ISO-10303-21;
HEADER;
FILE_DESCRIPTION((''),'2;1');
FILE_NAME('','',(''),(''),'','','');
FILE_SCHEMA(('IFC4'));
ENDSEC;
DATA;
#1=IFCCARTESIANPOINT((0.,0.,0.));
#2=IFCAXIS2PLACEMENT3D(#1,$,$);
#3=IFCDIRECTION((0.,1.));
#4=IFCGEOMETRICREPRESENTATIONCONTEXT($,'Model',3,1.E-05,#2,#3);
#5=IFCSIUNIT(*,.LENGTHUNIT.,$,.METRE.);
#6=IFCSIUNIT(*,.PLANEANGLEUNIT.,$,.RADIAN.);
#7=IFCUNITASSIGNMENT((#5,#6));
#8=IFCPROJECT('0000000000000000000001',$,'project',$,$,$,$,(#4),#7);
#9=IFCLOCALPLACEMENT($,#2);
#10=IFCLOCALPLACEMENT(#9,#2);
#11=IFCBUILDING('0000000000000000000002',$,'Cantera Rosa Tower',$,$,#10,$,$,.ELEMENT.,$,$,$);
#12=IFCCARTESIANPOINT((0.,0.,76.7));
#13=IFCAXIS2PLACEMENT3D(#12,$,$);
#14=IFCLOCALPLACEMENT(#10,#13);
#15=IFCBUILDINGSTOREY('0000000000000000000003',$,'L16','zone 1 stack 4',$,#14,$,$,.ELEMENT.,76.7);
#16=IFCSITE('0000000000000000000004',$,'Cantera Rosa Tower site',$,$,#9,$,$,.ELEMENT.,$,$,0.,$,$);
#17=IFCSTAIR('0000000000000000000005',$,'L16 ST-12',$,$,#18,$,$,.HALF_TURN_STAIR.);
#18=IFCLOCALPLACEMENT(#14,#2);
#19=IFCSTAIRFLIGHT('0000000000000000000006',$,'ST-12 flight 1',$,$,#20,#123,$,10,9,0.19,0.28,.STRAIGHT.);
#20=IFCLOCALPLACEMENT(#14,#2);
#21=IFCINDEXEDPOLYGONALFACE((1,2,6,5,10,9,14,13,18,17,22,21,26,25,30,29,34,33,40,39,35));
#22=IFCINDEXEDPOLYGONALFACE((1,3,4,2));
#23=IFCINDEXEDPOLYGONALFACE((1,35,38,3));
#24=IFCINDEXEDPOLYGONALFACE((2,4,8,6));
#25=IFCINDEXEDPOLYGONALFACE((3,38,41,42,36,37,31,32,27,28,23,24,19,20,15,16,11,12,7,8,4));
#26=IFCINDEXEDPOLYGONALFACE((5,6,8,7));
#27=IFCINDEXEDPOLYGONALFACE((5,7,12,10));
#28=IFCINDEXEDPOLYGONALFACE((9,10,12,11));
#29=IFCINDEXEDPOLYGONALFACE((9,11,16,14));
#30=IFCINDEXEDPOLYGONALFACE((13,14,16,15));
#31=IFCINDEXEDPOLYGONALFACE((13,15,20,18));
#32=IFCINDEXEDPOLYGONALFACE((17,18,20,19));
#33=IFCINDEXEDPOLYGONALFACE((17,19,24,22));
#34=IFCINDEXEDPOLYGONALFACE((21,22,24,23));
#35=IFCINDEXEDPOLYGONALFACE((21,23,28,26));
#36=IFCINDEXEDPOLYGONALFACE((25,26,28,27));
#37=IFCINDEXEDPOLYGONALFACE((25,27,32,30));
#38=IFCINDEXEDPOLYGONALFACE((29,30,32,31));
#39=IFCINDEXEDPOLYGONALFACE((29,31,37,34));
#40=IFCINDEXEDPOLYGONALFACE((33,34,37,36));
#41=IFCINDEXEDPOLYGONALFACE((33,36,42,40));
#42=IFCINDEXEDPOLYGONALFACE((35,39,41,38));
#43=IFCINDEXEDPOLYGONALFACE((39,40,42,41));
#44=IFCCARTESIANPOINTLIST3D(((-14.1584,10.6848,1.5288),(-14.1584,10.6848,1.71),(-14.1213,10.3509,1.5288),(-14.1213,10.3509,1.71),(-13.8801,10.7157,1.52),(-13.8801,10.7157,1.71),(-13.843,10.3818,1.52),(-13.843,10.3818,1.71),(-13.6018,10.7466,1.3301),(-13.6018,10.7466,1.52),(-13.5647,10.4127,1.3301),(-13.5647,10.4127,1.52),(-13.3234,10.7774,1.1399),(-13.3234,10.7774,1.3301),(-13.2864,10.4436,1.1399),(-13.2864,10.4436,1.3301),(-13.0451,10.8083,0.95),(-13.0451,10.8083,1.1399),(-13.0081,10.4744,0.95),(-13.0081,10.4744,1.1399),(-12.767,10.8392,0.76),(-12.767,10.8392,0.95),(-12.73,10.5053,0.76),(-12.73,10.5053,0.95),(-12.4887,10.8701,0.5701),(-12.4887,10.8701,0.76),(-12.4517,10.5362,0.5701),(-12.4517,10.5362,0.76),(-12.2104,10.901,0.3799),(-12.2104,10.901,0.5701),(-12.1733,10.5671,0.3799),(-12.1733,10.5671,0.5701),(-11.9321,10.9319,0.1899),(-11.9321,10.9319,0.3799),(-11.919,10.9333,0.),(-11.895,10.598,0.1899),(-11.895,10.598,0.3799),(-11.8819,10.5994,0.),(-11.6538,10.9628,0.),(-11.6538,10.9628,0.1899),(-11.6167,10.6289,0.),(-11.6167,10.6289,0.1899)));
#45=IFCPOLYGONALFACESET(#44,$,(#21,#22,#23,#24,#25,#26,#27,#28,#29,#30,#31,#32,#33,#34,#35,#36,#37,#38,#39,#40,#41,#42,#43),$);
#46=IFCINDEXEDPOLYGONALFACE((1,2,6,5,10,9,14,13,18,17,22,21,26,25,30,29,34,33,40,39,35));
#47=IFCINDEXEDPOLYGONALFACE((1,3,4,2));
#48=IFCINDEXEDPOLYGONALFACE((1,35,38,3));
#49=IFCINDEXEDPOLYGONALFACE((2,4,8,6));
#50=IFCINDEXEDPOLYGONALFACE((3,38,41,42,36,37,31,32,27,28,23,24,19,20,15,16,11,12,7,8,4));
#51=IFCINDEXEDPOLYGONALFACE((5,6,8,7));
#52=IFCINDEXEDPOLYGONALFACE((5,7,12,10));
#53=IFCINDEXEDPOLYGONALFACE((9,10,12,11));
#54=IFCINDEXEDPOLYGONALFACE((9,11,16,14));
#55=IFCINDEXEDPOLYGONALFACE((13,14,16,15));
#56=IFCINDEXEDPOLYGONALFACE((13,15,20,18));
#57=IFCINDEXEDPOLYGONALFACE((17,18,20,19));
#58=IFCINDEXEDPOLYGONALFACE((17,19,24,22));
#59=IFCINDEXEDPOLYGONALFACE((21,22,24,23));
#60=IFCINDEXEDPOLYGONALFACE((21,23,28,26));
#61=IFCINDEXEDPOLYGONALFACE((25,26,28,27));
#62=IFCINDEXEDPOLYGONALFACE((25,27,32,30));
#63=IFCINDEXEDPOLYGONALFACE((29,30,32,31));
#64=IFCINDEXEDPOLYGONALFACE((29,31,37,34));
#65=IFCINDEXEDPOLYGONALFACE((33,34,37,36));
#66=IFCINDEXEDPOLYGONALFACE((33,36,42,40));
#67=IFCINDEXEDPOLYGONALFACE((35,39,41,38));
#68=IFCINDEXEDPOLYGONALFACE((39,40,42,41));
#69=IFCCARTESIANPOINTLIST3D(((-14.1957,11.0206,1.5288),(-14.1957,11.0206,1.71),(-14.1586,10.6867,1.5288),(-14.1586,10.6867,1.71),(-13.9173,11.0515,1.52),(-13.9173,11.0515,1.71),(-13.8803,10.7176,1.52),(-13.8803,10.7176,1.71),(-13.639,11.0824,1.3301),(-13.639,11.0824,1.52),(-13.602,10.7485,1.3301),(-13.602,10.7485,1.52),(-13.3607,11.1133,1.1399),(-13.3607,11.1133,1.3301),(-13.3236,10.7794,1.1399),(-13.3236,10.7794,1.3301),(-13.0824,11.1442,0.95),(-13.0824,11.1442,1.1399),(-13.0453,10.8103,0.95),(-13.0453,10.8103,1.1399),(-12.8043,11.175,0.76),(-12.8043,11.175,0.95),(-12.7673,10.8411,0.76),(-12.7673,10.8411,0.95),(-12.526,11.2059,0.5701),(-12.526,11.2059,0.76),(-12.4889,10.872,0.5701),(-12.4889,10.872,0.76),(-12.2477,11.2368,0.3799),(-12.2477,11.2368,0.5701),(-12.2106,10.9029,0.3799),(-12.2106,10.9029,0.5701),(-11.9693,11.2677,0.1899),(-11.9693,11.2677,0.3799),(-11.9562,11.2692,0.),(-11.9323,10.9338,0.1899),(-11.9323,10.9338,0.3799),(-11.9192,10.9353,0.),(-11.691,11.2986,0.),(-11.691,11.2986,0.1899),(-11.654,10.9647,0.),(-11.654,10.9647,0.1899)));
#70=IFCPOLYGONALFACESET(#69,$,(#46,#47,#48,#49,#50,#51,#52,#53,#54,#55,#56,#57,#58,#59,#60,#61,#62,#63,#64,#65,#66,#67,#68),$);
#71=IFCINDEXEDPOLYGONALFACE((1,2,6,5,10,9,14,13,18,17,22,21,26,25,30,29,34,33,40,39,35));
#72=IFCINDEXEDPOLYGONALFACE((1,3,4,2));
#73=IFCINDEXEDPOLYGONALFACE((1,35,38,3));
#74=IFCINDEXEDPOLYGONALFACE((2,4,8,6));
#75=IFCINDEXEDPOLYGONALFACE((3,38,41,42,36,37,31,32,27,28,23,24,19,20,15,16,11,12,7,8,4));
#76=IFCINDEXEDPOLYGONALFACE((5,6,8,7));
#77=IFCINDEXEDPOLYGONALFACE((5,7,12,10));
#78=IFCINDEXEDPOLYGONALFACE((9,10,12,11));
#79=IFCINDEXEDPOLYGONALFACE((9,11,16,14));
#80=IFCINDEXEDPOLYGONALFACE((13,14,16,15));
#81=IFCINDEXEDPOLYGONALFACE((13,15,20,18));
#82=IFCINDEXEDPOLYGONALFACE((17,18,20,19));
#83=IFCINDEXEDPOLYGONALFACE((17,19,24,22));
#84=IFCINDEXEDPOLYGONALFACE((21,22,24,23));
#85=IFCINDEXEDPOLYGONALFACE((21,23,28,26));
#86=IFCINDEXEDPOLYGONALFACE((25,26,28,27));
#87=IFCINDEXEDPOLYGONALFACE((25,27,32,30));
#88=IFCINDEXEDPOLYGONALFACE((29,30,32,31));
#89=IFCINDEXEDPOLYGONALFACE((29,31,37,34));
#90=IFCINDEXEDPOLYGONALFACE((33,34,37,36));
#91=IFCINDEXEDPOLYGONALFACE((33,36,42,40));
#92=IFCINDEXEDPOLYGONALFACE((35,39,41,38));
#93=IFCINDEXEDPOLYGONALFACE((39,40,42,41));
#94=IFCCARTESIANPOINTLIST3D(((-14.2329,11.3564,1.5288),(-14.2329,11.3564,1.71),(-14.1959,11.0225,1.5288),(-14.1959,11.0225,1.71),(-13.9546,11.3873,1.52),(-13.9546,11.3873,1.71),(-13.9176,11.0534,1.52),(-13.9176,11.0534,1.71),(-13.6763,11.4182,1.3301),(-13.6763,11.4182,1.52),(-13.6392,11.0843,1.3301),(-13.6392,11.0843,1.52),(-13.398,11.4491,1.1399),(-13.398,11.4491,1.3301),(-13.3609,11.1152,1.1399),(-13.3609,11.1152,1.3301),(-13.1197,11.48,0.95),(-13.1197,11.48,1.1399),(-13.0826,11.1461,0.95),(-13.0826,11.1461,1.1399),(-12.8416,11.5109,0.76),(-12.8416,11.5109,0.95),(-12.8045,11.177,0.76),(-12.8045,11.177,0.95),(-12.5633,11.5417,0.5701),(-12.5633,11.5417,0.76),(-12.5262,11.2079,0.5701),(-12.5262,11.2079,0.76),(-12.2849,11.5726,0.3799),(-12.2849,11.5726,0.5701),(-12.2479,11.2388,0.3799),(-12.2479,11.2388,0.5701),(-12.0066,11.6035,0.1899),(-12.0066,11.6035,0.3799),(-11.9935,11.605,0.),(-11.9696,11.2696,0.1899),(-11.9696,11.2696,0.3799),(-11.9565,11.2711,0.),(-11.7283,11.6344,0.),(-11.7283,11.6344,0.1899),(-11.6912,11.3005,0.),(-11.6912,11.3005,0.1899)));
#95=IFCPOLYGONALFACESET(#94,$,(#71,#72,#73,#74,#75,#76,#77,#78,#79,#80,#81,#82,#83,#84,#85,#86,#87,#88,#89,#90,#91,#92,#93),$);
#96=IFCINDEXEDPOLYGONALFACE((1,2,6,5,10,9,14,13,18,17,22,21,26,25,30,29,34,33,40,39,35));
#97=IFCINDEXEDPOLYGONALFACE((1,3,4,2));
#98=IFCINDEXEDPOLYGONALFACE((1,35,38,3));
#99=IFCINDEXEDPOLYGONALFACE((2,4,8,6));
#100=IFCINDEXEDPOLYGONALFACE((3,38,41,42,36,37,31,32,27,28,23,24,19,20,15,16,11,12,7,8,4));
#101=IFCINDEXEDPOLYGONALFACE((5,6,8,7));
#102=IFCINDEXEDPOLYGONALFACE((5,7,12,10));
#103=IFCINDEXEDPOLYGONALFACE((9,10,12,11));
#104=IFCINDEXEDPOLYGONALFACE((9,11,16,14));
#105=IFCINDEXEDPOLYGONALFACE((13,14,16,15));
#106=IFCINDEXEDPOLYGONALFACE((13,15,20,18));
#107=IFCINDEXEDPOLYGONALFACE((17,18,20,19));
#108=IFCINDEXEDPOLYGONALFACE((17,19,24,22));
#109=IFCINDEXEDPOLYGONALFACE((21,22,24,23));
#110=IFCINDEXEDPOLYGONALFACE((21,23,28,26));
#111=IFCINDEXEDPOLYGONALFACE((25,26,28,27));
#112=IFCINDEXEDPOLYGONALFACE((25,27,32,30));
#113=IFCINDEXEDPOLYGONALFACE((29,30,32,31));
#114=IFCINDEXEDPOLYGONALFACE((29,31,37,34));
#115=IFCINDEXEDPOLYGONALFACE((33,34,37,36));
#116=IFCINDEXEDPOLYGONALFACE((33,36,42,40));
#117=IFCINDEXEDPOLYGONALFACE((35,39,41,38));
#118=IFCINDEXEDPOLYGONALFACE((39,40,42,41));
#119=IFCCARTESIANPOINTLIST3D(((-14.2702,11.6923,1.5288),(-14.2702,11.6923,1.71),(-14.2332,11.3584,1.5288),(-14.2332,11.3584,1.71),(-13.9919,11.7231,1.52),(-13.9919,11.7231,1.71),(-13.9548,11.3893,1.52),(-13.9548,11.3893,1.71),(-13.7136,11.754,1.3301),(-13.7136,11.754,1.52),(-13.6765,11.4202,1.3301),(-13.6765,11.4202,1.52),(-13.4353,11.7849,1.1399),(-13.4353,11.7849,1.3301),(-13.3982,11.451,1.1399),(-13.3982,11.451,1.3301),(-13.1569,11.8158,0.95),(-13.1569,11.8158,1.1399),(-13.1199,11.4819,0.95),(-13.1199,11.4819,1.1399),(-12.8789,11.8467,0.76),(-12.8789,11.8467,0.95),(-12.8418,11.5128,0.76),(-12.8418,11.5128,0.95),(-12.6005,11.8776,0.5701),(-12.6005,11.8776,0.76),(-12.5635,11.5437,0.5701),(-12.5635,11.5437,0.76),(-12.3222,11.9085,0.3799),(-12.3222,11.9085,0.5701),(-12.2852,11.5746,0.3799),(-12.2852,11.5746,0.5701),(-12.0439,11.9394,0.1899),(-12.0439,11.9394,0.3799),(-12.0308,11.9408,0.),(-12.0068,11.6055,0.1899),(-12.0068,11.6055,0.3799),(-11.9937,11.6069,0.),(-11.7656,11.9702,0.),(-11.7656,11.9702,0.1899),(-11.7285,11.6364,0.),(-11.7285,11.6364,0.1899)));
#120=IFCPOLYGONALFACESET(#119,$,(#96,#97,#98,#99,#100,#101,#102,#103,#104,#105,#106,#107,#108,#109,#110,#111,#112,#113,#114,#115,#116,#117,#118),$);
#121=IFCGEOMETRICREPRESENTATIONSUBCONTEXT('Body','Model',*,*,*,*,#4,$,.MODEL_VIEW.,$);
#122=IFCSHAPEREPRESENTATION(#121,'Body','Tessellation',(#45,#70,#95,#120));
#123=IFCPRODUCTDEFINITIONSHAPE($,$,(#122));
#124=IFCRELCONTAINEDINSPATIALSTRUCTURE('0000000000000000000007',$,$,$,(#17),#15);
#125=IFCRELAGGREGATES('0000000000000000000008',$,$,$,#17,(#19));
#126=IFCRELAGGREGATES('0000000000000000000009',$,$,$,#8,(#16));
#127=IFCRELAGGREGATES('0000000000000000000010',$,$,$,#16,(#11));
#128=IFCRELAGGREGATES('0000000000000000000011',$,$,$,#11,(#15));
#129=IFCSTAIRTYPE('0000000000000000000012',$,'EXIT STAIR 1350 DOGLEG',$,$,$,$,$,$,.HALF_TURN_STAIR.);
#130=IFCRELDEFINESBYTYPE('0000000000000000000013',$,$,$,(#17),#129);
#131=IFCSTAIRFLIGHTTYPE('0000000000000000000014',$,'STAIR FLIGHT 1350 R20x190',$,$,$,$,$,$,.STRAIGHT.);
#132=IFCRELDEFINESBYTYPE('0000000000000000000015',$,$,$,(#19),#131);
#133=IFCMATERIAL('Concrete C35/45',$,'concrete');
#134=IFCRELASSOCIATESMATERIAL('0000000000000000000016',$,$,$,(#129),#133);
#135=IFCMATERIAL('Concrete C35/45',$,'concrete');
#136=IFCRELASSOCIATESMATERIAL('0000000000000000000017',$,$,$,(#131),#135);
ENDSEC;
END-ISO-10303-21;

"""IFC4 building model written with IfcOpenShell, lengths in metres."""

from ifc_helpers import new_model, si_unit, direction, frame, origin, place, context, subcontext, project, spatial, polyline, outline, extrude, material, type_object, element, aggregate, save


model = new_model("IFC4")

# Units and contexts
model_context = context("Model", 3, precision=1e-05, world=origin(), true_north=direction((0.0, 1.0)))
body_context = subcontext(model_context, "Body", "Model", "MODEL_VIEW")
ifc_project = project(units=[si_unit("LENGTHUNIT", "METRE"), si_unit("PLANEANGLEUNIT", "RADIAN")], contexts=[model_context])

# Site, building, storey
site_placement = place(None, origin())
site = spatial("IfcSite", under=ifc_project, at=site_placement, Name="Cantera Rosa Tower site", CompositionType="ELEMENT", RefElevation=0.0)
building_placement = place(site_placement, origin())
building = spatial("IfcBuilding", under=site, at=building_placement, Name="Cantera Rosa Tower", CompositionType="ELEMENT")
storey_placement = place(building_placement, frame((0.0, 0.0, 76.7)))
storey = spatial("IfcBuildingStorey", under=building, at=storey_placement, Name="L16", Description="zone 1 stack 4", CompositionType="ELEMENT", Elevation=76.7)

# Stair, stair flight
ifc_material_1 = material(Name="Concrete C35/45", Category="concrete")
stair_type = type_object("IfcStairType", Name="EXIT STAIR 1350 DOGLEG", PredefinedType="HALF_TURN_STAIR", material=ifc_material_1)
stair_placement = place(storey_placement, origin())
stair = element("IfcStair", 1, at=stair_placement, inside=storey, type_object=stair_type, Name="L16 ST-12", PredefinedType="HALF_TURN_STAIR")
ifc_material_2 = material(Name="Concrete C35/45", Category="concrete")
stair_flight_type = type_object("IfcStairFlightType", Name="STAIR FLIGHT 1350 R20x190", PredefinedType="STRAIGHT", material=ifc_material_2)
stair_flight_1_placement = place(storey_placement, frame((-11.6912, 11.2998, 0.0), z_axis=(0.0, 0.0, 1.0), x_axis=(-0.993897, -0.110313, 0.0)))
stair_flight_1 = element("IfcStairFlight", 2, at=stair_flight_1_placement, type_object=stair_flight_type, Name="ST-12 flight 1", NumberOfRisers=10, NumberOfTreads=9, PredefinedType="STRAIGHT", RiserHeight=0.19, TreadLength=0.28, context=body_context, shape_type="SweptSolid", body=[
    extrude(outline(polyline([(0.0, 0.0), (0.0, 0.1899), (0.28, 0.1899), (0.28, 0.3799), (0.5601, 0.3799), (0.5601, 0.5701), (0.8401, 0.5701), (0.8401, 0.76), (1.1201, 0.76), (1.1201, 0.95), (1.3999, 0.95), (1.3999, 1.1399), (1.6799, 1.1399), (1.6799, 1.3301), (1.96, 1.3301), (1.96, 1.52), (2.24, 1.52), (2.24, 1.71), (2.52, 1.71), (2.52, 1.8999), (2.52, 1.5288), (0.2668, 0.0), (0.0, 0.0)])), frame((0.0, 0.675, 0.0), z_axis=(0.0, -1.0, 0.0), x_axis=(1.0, 0.0, 0.0)), (0.0, 0.0, 1.0), 0.3359),
    extrude(outline(polyline([(0.0, 0.0), (0.0, 0.1899), (0.28, 0.1899), (0.28, 0.3799), (0.5601, 0.3799), (0.5601, 0.5701), (0.8401, 0.5701), (0.8401, 0.76), (1.1201, 0.76), (1.1201, 0.95), (1.3999, 0.95), (1.3999, 1.1399), (1.6799, 1.1399), (1.6799, 1.3301), (1.96, 1.3301), (1.96, 1.52), (2.24, 1.52), (2.24, 1.71), (2.52, 1.71), (2.52, 1.8999), (2.52, 1.5288), (0.2668, 0.0), (0.0, 0.0)])), frame((0.0, 0.3372, 0.0), z_axis=(0.0, -1.0, 0.0), x_axis=(1.0, 0.0, 0.0)), (0.0, 0.0, 1.0), 0.3359),
    extrude(outline(polyline([(0.0, 0.0), (0.0, 0.1899), (0.28, 0.1899), (0.28, 0.3799), (0.5601, 0.3799), (0.5601, 0.5701), (0.8401, 0.5701), (0.8401, 0.76), (1.1201, 0.76), (1.1201, 0.95), (1.3999, 0.95), (1.3999, 1.1399), (1.6799, 1.1399), (1.6799, 1.3301), (1.96, 1.3301), (1.96, 1.52), (2.24, 1.52), (2.24, 1.71), (2.52, 1.71), (2.52, 1.8999), (2.52, 1.5288), (0.2668, 0.0), (0.0, 0.0)])), frame((0.0, -0.0007, 0.0), z_axis=(0.0, -1.0, 0.0), x_axis=(1.0, 0.0, 0.0)), (0.0, 0.0, 1.0), 0.3359),
    extrude(outline(polyline([(0.0, 0.0), (0.0, 0.1899), (0.28, 0.1899), (0.28, 0.3799), (0.5601, 0.3799), (0.5601, 0.5701), (0.8401, 0.5701), (0.8401, 0.76), (1.1201, 0.76), (1.1201, 0.95), (1.3999, 0.95), (1.3999, 1.1399), (1.6799, 1.1399), (1.6799, 1.3301), (1.96, 1.3301), (1.96, 1.52), (2.24, 1.52), (2.24, 1.71), (2.52, 1.71), (2.52, 1.8999), (2.52, 1.5288), (0.2668, 0.0), (0.0, 0.0)])), frame((0.0, -0.3386, 0.0), z_axis=(0.0, -1.0, 0.0), x_axis=(1.0, 0.0, 0.0)), (0.0, 0.0, 1.0), 0.3359),
])
aggregate(stair, [stair_flight_1])

save(model, "model.ifc")
